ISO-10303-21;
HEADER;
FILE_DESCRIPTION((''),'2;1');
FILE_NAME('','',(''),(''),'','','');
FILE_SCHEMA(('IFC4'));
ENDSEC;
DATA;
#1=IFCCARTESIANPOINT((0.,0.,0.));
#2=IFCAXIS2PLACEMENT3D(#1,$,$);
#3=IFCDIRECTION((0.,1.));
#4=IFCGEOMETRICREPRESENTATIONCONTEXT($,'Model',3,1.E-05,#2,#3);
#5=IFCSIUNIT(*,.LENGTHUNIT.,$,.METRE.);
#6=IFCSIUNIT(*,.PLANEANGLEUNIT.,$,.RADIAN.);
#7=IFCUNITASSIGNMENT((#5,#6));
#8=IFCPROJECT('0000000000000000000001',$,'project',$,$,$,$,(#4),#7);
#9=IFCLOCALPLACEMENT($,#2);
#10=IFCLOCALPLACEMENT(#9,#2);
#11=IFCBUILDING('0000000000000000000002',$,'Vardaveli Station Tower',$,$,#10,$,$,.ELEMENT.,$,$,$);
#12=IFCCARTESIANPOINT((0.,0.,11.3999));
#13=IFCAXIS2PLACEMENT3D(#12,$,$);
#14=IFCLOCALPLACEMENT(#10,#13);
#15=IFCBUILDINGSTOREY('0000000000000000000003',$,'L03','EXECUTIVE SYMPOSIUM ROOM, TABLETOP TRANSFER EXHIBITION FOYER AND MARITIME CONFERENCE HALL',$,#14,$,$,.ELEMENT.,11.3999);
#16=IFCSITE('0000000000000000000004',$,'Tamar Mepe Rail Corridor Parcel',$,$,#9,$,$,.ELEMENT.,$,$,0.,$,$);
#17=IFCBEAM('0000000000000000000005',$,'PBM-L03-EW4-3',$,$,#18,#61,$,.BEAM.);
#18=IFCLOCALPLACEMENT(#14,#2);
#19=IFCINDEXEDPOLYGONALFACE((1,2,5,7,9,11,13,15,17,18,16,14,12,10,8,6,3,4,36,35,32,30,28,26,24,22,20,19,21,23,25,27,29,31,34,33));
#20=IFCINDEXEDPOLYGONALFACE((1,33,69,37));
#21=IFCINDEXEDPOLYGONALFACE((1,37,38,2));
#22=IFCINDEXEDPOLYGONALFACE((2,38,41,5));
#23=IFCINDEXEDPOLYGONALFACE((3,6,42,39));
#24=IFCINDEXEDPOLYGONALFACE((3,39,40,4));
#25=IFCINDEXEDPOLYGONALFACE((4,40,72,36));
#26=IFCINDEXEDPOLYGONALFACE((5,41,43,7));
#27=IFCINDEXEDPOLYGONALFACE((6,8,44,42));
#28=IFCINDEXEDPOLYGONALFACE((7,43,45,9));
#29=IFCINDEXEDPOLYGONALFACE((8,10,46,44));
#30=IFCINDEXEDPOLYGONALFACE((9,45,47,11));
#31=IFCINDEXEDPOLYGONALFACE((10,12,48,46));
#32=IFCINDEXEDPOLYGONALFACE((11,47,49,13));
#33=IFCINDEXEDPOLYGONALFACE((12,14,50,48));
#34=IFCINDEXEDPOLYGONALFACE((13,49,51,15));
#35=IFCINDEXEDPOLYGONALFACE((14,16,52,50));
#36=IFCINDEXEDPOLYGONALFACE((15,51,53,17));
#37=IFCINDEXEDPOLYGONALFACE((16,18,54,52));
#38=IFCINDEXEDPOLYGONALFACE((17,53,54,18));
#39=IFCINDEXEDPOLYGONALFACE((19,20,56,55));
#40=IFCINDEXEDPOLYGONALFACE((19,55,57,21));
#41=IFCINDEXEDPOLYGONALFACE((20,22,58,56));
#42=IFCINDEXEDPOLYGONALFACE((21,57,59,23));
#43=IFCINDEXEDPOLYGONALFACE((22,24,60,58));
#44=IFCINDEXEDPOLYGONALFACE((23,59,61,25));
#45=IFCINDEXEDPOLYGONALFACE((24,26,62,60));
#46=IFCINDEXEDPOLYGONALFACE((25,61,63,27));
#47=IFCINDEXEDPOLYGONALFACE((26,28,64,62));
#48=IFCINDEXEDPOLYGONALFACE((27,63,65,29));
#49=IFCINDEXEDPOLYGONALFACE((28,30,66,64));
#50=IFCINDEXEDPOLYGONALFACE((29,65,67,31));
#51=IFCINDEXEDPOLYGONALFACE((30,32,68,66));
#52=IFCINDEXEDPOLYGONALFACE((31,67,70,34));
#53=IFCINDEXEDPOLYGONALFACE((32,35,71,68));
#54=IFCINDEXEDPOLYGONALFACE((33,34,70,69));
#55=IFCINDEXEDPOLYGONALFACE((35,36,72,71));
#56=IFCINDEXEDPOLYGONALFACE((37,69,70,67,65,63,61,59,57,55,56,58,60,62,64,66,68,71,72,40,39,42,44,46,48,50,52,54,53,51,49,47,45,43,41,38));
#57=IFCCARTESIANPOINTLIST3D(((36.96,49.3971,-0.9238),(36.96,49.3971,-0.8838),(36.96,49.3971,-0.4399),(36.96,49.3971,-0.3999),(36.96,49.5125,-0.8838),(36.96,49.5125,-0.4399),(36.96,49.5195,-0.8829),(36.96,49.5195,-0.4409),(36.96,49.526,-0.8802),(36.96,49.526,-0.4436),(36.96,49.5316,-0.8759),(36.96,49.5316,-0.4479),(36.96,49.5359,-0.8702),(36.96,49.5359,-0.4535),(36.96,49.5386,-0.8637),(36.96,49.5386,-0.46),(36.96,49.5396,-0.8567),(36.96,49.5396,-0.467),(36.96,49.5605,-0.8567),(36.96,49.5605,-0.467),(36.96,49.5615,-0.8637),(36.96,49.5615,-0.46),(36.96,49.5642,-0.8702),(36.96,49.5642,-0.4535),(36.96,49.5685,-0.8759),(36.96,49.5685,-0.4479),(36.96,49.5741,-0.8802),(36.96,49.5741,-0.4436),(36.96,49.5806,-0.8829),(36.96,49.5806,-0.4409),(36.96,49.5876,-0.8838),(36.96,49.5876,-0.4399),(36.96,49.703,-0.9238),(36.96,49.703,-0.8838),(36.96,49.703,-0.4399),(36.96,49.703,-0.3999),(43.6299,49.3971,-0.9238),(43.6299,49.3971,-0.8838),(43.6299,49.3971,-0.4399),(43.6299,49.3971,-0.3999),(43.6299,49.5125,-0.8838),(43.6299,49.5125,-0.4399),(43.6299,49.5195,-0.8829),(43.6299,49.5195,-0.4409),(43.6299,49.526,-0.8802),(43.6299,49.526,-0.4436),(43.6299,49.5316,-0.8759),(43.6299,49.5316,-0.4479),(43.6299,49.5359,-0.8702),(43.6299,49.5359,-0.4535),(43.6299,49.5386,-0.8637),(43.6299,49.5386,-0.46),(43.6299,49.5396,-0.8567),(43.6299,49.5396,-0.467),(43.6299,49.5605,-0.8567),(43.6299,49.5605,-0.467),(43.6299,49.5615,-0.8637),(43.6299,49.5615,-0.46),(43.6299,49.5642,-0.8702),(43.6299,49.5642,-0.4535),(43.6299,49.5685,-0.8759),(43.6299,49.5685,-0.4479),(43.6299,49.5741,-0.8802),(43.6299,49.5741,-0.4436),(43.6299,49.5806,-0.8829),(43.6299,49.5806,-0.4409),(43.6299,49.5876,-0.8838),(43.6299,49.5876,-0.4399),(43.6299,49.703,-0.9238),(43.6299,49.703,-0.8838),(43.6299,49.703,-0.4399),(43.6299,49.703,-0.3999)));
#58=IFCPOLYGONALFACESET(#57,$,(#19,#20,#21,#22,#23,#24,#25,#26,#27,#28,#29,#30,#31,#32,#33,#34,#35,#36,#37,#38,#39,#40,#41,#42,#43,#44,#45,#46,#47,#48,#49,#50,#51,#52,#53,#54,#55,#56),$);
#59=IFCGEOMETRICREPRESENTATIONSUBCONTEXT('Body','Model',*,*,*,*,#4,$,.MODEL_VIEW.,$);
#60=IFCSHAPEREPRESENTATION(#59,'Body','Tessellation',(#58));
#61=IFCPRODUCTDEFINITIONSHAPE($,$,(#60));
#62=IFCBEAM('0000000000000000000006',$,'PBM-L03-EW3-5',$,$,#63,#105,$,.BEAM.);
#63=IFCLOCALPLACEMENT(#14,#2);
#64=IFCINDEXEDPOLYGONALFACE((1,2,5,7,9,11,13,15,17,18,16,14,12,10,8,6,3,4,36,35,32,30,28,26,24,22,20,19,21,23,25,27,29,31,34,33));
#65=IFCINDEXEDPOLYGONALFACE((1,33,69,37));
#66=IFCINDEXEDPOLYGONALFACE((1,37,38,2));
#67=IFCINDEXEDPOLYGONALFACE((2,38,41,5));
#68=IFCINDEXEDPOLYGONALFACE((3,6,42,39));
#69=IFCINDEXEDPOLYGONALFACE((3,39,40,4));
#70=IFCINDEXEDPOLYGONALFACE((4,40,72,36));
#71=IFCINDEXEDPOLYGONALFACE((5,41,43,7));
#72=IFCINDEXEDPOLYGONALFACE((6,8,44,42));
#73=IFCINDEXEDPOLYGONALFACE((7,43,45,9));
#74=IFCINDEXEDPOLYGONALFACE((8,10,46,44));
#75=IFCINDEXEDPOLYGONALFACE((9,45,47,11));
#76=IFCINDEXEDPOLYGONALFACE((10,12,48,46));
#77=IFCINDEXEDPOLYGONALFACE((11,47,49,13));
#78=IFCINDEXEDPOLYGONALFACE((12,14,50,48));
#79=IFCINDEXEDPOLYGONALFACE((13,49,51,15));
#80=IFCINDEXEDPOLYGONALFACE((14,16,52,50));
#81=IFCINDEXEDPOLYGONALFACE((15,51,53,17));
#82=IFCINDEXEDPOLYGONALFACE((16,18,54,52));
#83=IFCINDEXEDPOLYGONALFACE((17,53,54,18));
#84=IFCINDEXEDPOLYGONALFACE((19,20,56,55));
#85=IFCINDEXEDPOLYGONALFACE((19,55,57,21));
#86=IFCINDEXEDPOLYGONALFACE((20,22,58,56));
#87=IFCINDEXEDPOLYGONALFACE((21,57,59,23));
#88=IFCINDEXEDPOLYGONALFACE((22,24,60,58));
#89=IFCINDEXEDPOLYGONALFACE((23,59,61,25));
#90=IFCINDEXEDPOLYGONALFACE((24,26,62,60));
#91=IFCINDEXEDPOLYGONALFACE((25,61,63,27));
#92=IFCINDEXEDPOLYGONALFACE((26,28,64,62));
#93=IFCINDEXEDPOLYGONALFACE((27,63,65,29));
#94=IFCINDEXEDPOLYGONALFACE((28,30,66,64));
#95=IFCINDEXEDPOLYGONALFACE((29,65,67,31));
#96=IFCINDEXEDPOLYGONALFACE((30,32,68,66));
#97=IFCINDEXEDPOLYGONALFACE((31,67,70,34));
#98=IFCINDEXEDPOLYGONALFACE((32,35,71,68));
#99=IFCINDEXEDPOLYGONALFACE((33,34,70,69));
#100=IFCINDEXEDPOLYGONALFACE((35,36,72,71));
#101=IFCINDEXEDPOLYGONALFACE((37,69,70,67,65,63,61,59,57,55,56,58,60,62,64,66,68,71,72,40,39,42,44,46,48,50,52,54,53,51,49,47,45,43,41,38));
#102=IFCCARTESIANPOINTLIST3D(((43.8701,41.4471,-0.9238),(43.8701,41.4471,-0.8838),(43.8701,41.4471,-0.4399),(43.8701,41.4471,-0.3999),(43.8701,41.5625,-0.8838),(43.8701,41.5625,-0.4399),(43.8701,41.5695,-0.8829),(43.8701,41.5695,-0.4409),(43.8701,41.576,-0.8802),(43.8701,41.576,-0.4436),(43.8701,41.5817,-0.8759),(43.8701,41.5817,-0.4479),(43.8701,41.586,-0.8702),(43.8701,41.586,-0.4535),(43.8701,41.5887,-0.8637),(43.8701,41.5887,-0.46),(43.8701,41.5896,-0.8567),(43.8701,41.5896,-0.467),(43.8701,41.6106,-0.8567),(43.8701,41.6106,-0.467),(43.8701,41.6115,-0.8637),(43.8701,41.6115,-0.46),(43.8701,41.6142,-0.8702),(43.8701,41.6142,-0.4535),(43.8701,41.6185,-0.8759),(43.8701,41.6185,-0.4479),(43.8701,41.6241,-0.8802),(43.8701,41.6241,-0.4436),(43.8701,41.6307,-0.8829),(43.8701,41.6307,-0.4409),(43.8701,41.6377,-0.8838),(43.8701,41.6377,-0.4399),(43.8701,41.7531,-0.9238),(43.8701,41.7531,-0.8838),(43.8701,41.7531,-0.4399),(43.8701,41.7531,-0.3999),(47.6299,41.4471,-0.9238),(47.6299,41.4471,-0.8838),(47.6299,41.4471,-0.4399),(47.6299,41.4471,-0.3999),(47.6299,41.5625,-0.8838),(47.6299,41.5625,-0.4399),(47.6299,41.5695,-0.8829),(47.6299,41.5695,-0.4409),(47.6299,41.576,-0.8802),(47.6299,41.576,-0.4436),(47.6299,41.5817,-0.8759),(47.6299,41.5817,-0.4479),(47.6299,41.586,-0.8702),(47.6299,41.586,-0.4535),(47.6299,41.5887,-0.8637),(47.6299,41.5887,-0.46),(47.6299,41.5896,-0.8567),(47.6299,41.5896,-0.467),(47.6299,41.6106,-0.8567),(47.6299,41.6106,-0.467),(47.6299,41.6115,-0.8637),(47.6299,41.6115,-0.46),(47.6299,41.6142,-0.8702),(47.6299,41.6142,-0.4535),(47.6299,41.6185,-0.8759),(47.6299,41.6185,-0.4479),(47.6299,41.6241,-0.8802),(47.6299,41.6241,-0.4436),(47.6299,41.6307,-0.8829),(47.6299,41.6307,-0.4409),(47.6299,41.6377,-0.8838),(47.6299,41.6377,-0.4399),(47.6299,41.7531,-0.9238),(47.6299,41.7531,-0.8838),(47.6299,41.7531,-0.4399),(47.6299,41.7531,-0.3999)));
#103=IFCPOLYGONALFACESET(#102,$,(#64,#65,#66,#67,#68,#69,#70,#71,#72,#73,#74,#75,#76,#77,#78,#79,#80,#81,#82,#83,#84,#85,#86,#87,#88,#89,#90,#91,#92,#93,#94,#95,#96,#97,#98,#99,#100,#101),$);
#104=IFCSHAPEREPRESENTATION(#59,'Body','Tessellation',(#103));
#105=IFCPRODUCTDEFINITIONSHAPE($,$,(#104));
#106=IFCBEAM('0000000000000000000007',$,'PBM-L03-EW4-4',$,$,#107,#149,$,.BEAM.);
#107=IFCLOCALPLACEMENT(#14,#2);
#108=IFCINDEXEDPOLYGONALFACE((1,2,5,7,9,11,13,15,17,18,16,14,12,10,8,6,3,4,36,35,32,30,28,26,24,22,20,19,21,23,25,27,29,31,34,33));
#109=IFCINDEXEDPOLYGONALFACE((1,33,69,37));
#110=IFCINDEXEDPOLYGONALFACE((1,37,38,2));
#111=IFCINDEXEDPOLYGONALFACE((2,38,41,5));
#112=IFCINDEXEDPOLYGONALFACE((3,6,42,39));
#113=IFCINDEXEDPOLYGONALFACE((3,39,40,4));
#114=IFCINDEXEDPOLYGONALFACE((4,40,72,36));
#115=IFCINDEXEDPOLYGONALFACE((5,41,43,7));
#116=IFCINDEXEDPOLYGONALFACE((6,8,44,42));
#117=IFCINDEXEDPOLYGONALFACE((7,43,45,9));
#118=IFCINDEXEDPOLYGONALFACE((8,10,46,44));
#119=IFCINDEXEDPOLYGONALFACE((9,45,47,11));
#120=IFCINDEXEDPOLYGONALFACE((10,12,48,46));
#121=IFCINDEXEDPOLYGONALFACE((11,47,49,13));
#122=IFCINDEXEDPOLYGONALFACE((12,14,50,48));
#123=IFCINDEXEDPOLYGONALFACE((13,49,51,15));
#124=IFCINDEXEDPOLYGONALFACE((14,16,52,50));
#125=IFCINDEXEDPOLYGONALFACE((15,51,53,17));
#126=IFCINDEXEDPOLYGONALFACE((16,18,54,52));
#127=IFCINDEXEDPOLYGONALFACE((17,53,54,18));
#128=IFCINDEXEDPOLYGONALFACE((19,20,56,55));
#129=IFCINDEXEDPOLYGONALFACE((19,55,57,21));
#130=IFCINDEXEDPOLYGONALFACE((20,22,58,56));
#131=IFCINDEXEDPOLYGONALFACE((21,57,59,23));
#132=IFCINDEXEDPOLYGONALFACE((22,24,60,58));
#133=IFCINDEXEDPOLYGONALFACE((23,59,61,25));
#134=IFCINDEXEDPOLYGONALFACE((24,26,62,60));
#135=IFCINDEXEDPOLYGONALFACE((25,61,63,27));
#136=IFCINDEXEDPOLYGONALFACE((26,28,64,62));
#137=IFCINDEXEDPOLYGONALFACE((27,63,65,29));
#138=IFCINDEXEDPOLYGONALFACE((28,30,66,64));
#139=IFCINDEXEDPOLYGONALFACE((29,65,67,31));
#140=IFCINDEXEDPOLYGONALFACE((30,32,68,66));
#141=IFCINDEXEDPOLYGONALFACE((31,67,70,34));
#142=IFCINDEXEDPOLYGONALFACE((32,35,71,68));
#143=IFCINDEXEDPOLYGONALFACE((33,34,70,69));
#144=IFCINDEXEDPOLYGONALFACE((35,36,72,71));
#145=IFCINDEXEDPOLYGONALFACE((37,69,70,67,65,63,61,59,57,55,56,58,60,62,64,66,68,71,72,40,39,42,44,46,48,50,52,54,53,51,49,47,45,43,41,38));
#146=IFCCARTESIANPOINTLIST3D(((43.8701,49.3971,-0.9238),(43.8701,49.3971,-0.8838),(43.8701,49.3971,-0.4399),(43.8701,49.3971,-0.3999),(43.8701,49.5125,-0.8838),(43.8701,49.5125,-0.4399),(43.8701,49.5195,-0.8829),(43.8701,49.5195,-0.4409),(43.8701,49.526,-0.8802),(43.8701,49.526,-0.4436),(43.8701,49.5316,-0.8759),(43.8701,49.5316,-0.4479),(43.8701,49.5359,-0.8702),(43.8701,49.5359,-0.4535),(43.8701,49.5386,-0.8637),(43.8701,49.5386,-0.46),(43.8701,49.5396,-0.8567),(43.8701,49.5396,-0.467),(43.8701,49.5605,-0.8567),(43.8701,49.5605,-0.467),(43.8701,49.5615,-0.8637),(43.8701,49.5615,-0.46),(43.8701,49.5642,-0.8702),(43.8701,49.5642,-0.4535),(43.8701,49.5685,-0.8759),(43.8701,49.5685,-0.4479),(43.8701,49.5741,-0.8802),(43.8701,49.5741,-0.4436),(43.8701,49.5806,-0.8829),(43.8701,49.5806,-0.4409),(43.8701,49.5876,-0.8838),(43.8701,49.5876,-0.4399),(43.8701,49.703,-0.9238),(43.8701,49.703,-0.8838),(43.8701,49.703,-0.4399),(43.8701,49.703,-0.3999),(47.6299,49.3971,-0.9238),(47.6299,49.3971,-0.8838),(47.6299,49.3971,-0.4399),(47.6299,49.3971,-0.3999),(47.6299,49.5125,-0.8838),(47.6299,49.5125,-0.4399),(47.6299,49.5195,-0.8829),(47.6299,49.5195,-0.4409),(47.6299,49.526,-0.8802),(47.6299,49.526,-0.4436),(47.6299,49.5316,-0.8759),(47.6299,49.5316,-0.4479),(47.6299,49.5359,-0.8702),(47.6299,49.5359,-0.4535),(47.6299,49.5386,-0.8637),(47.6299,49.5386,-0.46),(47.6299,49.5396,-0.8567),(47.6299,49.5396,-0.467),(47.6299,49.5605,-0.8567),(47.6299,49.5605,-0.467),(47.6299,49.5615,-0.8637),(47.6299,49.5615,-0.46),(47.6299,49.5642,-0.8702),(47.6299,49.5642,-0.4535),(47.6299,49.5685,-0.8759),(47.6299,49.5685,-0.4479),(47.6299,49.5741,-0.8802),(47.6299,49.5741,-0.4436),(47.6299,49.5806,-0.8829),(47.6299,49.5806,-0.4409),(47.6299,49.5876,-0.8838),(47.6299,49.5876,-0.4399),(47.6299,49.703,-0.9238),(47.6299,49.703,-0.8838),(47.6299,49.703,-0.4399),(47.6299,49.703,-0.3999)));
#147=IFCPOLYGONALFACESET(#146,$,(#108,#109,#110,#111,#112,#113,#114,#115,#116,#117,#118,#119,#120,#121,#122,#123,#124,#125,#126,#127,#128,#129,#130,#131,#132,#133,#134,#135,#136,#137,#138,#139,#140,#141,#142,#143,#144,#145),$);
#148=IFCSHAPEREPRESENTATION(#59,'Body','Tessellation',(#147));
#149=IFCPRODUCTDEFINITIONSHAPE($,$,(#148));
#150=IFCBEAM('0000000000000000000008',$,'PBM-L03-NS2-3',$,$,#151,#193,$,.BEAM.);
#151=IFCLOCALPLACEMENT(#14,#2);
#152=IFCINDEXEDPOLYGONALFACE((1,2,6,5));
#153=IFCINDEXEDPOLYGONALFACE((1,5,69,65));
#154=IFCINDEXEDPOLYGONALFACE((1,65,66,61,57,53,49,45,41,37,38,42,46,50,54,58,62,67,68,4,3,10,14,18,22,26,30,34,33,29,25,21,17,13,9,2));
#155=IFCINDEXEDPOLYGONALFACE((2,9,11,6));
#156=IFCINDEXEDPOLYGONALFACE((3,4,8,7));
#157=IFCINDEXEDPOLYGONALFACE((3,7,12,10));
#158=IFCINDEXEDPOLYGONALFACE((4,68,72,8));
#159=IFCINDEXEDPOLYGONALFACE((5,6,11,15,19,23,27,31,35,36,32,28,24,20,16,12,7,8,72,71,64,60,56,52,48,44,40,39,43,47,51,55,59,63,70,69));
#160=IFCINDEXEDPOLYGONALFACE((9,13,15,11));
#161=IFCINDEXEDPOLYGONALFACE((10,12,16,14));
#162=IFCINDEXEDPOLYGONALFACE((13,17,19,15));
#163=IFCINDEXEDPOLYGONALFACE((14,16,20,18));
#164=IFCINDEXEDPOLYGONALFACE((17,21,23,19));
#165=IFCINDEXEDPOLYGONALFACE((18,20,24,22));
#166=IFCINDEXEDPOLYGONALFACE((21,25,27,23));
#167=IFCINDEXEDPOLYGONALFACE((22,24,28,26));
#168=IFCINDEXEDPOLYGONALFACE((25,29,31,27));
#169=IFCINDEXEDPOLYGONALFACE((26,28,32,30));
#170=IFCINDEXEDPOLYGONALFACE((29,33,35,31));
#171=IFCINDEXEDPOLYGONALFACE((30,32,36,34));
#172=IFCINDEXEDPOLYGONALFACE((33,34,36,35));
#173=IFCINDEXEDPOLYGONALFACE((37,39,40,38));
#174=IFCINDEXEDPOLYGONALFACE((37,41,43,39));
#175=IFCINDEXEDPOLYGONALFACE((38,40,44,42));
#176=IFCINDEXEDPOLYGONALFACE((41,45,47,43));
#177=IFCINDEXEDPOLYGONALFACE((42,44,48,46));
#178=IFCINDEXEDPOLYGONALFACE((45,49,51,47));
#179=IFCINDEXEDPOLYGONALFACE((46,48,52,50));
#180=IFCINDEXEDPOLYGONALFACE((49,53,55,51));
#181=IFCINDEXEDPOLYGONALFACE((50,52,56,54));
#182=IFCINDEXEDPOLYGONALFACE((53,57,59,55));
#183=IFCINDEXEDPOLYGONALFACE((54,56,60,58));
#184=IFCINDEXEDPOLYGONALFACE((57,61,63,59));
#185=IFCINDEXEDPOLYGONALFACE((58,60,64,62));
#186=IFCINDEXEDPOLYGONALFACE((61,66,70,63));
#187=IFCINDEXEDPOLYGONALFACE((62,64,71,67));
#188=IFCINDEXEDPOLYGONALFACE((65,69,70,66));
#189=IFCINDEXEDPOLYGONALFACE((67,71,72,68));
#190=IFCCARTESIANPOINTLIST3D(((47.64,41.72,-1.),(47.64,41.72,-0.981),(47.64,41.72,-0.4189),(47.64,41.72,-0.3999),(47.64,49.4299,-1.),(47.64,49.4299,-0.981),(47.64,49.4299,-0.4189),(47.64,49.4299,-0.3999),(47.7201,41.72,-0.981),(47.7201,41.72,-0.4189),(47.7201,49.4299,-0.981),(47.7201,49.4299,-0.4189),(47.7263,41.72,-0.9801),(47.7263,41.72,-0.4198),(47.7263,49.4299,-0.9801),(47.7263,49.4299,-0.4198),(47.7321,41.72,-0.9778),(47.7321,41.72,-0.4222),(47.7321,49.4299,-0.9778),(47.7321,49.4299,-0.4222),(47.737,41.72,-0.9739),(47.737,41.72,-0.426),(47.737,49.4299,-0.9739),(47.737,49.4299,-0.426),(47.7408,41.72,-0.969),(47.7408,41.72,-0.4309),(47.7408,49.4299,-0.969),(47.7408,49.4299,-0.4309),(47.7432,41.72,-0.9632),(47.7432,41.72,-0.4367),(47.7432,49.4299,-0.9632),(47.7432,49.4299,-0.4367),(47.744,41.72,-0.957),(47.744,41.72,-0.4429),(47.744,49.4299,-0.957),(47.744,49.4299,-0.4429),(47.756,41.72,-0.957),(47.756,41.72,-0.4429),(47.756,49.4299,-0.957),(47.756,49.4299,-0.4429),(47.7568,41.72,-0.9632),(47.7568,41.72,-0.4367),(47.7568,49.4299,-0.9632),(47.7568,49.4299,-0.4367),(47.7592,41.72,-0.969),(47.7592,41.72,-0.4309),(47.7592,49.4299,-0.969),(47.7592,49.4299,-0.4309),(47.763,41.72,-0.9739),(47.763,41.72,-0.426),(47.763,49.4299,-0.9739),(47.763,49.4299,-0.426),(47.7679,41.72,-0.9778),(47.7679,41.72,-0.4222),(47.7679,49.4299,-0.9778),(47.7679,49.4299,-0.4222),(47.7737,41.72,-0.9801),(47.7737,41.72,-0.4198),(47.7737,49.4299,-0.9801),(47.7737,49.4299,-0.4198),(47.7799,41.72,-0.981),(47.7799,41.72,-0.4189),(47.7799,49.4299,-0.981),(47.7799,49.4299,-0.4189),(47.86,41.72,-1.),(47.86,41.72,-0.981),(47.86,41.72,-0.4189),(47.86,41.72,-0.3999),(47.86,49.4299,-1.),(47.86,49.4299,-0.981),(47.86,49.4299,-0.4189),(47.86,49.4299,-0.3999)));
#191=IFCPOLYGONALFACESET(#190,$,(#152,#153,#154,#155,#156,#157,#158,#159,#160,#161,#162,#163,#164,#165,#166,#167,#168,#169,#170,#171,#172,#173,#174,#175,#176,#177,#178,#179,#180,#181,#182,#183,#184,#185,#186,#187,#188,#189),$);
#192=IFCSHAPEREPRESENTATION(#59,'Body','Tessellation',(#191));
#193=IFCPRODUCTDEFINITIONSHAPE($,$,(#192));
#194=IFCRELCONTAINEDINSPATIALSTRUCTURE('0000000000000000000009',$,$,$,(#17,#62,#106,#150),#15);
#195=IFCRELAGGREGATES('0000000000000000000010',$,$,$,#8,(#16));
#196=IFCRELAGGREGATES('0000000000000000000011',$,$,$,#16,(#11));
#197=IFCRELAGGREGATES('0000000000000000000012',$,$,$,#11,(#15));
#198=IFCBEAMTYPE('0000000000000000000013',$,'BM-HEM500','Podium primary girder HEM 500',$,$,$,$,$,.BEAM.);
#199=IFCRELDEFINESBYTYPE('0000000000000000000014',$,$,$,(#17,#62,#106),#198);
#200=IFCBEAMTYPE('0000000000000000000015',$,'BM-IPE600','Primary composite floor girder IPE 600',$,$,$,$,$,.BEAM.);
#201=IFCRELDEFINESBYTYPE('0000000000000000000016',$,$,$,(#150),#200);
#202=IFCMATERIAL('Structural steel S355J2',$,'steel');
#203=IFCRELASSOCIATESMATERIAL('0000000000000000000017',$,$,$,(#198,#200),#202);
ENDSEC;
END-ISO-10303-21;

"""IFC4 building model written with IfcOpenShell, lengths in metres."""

from ifc_helpers import new_model, si_unit, direction, frame, origin, origin_2d, place, context, subcontext, project, spatial, i_section, extrude, source, transform, mapped, material, material_profile, profile_set, type_object, element, save


model = new_model("IFC4")

# Units and contexts
model_context = context("Model", 3, precision=1e-05, world=origin(), true_north=direction((0.0, 1.0)))
body_context = subcontext(model_context, "Body", "Model", "MODEL_VIEW")
ifc_project = project(units=[si_unit("LENGTHUNIT", "METRE"), si_unit("PLANEANGLEUNIT", "RADIAN")], contexts=[model_context])

# Site, building, storey
site_placement = place(None, origin())
site = spatial("IfcSite", under=ifc_project, at=site_placement, Name="Tamar Mepe Rail Corridor Parcel", CompositionType="ELEMENT", RefElevation=0.0)
building_placement = place(site_placement, origin())
building = spatial("IfcBuilding", under=site, at=building_placement, Name="Vardaveli Station Tower", CompositionType="ELEMENT")
storey_placement = place(building_placement, frame((0.0, 0.0, 11.3999)))
storey = spatial("IfcBuildingStorey", under=building, at=storey_placement, Name="L03", Description="EXECUTIVE SYMPOSIUM ROOM, TABLETOP TRANSFER EXHIBITION FOYER AND MARITIME CONFERENCE HALL", CompositionType="ELEMENT", Elevation=11.3999)

# Beams
ifc_material_1 = material(Name="Structural steel S355J2", Category="steel")
ifc_material_profile_1 = material_profile(ifc_material_1, i_section(OverallWidth=0.3059, OverallDepth=0.5239, WebThickness=0.021, FlangeThickness=0.04, FilletRadius=0.0271, at=origin_2d()), Name="HEM 500")
ifc_profile_set_1 = profile_set([ifc_material_profile_1], Name="Structural steel S355J2")
beam_type_1 = type_object("IfcBeamType", Name="BM-HEM500", Description="Podium primary girder HEM 500", PredefinedType="BEAM", material=ifc_profile_set_1)
shared_shape_1 = source(origin(), body_context, "Body", "SweptSolid", [
    extrude(i_section(OverallWidth=0.3059, OverallDepth=0.5239, WebThickness=0.021, FlangeThickness=0.04, FilletRadius=0.0271, at=origin_2d()), origin(), (0.0, 0.0, 1.0), 6.6699),
])
for number, where, z_axis, x_axis, name in (
    (1, (36.96, 49.55, -0.6619), (1.0, 0.0, 0.0), (0.0, 1.0, 0.0), "PBM-L03-EW4-3"),
):
    element("IfcBeam", number, at=place(storey_placement, frame(where, z_axis=z_axis, x_axis=x_axis)), inside=storey, type_object=beam_type_1, Name=name, PredefinedType="BEAM", context=body_context, shape_type="MappedRepresentation", body=[
        mapped(shared_shape_1, transform((0.0, 0.0, 0.0), scale=1.0)),
    ])
shared_shape_2 = source(origin(), body_context, "Body", "SweptSolid", [
    extrude(i_section(OverallWidth=0.3059, OverallDepth=0.5239, WebThickness=0.021, FlangeThickness=0.04, FilletRadius=0.0271, at=origin_2d()), origin(), (0.0, 0.0, 1.0), 3.7598),
])
for number, where, z_axis, x_axis, name in (
    (2, (43.8701, 41.6001, -0.6619), (1.0, 0.0, 0.0), (0.0, 1.0, 0.0), "PBM-L03-EW3-5"),
    (3, (43.8701, 49.55, -0.6619), (1.0, 0.0, 0.0), (0.0, 1.0, 0.0), "PBM-L03-EW4-4"),
):
    element("IfcBeam", number, at=place(storey_placement, frame(where, z_axis=z_axis, x_axis=x_axis)), inside=storey, type_object=beam_type_1, Name=name, PredefinedType="BEAM", context=body_context, shape_type="MappedRepresentation", body=[
        mapped(shared_shape_2, transform((0.0, 0.0, 0.0), scale=1.0)),
    ])
ifc_material_profile_2 = material_profile(ifc_material_1, i_section(OverallWidth=0.22, OverallDepth=0.6001, WebThickness=0.012, FlangeThickness=0.019, FilletRadius=0.0239, at=origin_2d()), Name="IPE 600")
ifc_profile_set_2 = profile_set([ifc_material_profile_2], Name="Structural steel S355J2")
beam_type_2 = type_object("IfcBeamType", Name="BM-IPE600", Description="Primary composite floor girder IPE 600", PredefinedType="BEAM", material=ifc_profile_set_2)
shared_shape_3 = source(origin(), body_context, "Body", "SweptSolid", [
    extrude(i_section(OverallWidth=0.22, OverallDepth=0.6001, WebThickness=0.012, FlangeThickness=0.019, FilletRadius=0.0239, at=origin_2d()), origin(), (0.0, 0.0, 1.0), 7.71),
])
beam_1_placement = place(storey_placement, frame((47.75, 41.72, -0.7), z_axis=(0.0, 1.0, 0.0), x_axis=(-1.0, 0.0, 0.0)))
element("IfcBeam", 4, at=beam_1_placement, inside=storey, type_object=beam_type_2, Name="PBM-L03-NS2-3", PredefinedType="BEAM", context=body_context, shape_type="MappedRepresentation", body=[
    mapped(shared_shape_3, transform((0.0, 0.0, 0.0), scale=1.0)),
])

save(model, "model.ifc")
